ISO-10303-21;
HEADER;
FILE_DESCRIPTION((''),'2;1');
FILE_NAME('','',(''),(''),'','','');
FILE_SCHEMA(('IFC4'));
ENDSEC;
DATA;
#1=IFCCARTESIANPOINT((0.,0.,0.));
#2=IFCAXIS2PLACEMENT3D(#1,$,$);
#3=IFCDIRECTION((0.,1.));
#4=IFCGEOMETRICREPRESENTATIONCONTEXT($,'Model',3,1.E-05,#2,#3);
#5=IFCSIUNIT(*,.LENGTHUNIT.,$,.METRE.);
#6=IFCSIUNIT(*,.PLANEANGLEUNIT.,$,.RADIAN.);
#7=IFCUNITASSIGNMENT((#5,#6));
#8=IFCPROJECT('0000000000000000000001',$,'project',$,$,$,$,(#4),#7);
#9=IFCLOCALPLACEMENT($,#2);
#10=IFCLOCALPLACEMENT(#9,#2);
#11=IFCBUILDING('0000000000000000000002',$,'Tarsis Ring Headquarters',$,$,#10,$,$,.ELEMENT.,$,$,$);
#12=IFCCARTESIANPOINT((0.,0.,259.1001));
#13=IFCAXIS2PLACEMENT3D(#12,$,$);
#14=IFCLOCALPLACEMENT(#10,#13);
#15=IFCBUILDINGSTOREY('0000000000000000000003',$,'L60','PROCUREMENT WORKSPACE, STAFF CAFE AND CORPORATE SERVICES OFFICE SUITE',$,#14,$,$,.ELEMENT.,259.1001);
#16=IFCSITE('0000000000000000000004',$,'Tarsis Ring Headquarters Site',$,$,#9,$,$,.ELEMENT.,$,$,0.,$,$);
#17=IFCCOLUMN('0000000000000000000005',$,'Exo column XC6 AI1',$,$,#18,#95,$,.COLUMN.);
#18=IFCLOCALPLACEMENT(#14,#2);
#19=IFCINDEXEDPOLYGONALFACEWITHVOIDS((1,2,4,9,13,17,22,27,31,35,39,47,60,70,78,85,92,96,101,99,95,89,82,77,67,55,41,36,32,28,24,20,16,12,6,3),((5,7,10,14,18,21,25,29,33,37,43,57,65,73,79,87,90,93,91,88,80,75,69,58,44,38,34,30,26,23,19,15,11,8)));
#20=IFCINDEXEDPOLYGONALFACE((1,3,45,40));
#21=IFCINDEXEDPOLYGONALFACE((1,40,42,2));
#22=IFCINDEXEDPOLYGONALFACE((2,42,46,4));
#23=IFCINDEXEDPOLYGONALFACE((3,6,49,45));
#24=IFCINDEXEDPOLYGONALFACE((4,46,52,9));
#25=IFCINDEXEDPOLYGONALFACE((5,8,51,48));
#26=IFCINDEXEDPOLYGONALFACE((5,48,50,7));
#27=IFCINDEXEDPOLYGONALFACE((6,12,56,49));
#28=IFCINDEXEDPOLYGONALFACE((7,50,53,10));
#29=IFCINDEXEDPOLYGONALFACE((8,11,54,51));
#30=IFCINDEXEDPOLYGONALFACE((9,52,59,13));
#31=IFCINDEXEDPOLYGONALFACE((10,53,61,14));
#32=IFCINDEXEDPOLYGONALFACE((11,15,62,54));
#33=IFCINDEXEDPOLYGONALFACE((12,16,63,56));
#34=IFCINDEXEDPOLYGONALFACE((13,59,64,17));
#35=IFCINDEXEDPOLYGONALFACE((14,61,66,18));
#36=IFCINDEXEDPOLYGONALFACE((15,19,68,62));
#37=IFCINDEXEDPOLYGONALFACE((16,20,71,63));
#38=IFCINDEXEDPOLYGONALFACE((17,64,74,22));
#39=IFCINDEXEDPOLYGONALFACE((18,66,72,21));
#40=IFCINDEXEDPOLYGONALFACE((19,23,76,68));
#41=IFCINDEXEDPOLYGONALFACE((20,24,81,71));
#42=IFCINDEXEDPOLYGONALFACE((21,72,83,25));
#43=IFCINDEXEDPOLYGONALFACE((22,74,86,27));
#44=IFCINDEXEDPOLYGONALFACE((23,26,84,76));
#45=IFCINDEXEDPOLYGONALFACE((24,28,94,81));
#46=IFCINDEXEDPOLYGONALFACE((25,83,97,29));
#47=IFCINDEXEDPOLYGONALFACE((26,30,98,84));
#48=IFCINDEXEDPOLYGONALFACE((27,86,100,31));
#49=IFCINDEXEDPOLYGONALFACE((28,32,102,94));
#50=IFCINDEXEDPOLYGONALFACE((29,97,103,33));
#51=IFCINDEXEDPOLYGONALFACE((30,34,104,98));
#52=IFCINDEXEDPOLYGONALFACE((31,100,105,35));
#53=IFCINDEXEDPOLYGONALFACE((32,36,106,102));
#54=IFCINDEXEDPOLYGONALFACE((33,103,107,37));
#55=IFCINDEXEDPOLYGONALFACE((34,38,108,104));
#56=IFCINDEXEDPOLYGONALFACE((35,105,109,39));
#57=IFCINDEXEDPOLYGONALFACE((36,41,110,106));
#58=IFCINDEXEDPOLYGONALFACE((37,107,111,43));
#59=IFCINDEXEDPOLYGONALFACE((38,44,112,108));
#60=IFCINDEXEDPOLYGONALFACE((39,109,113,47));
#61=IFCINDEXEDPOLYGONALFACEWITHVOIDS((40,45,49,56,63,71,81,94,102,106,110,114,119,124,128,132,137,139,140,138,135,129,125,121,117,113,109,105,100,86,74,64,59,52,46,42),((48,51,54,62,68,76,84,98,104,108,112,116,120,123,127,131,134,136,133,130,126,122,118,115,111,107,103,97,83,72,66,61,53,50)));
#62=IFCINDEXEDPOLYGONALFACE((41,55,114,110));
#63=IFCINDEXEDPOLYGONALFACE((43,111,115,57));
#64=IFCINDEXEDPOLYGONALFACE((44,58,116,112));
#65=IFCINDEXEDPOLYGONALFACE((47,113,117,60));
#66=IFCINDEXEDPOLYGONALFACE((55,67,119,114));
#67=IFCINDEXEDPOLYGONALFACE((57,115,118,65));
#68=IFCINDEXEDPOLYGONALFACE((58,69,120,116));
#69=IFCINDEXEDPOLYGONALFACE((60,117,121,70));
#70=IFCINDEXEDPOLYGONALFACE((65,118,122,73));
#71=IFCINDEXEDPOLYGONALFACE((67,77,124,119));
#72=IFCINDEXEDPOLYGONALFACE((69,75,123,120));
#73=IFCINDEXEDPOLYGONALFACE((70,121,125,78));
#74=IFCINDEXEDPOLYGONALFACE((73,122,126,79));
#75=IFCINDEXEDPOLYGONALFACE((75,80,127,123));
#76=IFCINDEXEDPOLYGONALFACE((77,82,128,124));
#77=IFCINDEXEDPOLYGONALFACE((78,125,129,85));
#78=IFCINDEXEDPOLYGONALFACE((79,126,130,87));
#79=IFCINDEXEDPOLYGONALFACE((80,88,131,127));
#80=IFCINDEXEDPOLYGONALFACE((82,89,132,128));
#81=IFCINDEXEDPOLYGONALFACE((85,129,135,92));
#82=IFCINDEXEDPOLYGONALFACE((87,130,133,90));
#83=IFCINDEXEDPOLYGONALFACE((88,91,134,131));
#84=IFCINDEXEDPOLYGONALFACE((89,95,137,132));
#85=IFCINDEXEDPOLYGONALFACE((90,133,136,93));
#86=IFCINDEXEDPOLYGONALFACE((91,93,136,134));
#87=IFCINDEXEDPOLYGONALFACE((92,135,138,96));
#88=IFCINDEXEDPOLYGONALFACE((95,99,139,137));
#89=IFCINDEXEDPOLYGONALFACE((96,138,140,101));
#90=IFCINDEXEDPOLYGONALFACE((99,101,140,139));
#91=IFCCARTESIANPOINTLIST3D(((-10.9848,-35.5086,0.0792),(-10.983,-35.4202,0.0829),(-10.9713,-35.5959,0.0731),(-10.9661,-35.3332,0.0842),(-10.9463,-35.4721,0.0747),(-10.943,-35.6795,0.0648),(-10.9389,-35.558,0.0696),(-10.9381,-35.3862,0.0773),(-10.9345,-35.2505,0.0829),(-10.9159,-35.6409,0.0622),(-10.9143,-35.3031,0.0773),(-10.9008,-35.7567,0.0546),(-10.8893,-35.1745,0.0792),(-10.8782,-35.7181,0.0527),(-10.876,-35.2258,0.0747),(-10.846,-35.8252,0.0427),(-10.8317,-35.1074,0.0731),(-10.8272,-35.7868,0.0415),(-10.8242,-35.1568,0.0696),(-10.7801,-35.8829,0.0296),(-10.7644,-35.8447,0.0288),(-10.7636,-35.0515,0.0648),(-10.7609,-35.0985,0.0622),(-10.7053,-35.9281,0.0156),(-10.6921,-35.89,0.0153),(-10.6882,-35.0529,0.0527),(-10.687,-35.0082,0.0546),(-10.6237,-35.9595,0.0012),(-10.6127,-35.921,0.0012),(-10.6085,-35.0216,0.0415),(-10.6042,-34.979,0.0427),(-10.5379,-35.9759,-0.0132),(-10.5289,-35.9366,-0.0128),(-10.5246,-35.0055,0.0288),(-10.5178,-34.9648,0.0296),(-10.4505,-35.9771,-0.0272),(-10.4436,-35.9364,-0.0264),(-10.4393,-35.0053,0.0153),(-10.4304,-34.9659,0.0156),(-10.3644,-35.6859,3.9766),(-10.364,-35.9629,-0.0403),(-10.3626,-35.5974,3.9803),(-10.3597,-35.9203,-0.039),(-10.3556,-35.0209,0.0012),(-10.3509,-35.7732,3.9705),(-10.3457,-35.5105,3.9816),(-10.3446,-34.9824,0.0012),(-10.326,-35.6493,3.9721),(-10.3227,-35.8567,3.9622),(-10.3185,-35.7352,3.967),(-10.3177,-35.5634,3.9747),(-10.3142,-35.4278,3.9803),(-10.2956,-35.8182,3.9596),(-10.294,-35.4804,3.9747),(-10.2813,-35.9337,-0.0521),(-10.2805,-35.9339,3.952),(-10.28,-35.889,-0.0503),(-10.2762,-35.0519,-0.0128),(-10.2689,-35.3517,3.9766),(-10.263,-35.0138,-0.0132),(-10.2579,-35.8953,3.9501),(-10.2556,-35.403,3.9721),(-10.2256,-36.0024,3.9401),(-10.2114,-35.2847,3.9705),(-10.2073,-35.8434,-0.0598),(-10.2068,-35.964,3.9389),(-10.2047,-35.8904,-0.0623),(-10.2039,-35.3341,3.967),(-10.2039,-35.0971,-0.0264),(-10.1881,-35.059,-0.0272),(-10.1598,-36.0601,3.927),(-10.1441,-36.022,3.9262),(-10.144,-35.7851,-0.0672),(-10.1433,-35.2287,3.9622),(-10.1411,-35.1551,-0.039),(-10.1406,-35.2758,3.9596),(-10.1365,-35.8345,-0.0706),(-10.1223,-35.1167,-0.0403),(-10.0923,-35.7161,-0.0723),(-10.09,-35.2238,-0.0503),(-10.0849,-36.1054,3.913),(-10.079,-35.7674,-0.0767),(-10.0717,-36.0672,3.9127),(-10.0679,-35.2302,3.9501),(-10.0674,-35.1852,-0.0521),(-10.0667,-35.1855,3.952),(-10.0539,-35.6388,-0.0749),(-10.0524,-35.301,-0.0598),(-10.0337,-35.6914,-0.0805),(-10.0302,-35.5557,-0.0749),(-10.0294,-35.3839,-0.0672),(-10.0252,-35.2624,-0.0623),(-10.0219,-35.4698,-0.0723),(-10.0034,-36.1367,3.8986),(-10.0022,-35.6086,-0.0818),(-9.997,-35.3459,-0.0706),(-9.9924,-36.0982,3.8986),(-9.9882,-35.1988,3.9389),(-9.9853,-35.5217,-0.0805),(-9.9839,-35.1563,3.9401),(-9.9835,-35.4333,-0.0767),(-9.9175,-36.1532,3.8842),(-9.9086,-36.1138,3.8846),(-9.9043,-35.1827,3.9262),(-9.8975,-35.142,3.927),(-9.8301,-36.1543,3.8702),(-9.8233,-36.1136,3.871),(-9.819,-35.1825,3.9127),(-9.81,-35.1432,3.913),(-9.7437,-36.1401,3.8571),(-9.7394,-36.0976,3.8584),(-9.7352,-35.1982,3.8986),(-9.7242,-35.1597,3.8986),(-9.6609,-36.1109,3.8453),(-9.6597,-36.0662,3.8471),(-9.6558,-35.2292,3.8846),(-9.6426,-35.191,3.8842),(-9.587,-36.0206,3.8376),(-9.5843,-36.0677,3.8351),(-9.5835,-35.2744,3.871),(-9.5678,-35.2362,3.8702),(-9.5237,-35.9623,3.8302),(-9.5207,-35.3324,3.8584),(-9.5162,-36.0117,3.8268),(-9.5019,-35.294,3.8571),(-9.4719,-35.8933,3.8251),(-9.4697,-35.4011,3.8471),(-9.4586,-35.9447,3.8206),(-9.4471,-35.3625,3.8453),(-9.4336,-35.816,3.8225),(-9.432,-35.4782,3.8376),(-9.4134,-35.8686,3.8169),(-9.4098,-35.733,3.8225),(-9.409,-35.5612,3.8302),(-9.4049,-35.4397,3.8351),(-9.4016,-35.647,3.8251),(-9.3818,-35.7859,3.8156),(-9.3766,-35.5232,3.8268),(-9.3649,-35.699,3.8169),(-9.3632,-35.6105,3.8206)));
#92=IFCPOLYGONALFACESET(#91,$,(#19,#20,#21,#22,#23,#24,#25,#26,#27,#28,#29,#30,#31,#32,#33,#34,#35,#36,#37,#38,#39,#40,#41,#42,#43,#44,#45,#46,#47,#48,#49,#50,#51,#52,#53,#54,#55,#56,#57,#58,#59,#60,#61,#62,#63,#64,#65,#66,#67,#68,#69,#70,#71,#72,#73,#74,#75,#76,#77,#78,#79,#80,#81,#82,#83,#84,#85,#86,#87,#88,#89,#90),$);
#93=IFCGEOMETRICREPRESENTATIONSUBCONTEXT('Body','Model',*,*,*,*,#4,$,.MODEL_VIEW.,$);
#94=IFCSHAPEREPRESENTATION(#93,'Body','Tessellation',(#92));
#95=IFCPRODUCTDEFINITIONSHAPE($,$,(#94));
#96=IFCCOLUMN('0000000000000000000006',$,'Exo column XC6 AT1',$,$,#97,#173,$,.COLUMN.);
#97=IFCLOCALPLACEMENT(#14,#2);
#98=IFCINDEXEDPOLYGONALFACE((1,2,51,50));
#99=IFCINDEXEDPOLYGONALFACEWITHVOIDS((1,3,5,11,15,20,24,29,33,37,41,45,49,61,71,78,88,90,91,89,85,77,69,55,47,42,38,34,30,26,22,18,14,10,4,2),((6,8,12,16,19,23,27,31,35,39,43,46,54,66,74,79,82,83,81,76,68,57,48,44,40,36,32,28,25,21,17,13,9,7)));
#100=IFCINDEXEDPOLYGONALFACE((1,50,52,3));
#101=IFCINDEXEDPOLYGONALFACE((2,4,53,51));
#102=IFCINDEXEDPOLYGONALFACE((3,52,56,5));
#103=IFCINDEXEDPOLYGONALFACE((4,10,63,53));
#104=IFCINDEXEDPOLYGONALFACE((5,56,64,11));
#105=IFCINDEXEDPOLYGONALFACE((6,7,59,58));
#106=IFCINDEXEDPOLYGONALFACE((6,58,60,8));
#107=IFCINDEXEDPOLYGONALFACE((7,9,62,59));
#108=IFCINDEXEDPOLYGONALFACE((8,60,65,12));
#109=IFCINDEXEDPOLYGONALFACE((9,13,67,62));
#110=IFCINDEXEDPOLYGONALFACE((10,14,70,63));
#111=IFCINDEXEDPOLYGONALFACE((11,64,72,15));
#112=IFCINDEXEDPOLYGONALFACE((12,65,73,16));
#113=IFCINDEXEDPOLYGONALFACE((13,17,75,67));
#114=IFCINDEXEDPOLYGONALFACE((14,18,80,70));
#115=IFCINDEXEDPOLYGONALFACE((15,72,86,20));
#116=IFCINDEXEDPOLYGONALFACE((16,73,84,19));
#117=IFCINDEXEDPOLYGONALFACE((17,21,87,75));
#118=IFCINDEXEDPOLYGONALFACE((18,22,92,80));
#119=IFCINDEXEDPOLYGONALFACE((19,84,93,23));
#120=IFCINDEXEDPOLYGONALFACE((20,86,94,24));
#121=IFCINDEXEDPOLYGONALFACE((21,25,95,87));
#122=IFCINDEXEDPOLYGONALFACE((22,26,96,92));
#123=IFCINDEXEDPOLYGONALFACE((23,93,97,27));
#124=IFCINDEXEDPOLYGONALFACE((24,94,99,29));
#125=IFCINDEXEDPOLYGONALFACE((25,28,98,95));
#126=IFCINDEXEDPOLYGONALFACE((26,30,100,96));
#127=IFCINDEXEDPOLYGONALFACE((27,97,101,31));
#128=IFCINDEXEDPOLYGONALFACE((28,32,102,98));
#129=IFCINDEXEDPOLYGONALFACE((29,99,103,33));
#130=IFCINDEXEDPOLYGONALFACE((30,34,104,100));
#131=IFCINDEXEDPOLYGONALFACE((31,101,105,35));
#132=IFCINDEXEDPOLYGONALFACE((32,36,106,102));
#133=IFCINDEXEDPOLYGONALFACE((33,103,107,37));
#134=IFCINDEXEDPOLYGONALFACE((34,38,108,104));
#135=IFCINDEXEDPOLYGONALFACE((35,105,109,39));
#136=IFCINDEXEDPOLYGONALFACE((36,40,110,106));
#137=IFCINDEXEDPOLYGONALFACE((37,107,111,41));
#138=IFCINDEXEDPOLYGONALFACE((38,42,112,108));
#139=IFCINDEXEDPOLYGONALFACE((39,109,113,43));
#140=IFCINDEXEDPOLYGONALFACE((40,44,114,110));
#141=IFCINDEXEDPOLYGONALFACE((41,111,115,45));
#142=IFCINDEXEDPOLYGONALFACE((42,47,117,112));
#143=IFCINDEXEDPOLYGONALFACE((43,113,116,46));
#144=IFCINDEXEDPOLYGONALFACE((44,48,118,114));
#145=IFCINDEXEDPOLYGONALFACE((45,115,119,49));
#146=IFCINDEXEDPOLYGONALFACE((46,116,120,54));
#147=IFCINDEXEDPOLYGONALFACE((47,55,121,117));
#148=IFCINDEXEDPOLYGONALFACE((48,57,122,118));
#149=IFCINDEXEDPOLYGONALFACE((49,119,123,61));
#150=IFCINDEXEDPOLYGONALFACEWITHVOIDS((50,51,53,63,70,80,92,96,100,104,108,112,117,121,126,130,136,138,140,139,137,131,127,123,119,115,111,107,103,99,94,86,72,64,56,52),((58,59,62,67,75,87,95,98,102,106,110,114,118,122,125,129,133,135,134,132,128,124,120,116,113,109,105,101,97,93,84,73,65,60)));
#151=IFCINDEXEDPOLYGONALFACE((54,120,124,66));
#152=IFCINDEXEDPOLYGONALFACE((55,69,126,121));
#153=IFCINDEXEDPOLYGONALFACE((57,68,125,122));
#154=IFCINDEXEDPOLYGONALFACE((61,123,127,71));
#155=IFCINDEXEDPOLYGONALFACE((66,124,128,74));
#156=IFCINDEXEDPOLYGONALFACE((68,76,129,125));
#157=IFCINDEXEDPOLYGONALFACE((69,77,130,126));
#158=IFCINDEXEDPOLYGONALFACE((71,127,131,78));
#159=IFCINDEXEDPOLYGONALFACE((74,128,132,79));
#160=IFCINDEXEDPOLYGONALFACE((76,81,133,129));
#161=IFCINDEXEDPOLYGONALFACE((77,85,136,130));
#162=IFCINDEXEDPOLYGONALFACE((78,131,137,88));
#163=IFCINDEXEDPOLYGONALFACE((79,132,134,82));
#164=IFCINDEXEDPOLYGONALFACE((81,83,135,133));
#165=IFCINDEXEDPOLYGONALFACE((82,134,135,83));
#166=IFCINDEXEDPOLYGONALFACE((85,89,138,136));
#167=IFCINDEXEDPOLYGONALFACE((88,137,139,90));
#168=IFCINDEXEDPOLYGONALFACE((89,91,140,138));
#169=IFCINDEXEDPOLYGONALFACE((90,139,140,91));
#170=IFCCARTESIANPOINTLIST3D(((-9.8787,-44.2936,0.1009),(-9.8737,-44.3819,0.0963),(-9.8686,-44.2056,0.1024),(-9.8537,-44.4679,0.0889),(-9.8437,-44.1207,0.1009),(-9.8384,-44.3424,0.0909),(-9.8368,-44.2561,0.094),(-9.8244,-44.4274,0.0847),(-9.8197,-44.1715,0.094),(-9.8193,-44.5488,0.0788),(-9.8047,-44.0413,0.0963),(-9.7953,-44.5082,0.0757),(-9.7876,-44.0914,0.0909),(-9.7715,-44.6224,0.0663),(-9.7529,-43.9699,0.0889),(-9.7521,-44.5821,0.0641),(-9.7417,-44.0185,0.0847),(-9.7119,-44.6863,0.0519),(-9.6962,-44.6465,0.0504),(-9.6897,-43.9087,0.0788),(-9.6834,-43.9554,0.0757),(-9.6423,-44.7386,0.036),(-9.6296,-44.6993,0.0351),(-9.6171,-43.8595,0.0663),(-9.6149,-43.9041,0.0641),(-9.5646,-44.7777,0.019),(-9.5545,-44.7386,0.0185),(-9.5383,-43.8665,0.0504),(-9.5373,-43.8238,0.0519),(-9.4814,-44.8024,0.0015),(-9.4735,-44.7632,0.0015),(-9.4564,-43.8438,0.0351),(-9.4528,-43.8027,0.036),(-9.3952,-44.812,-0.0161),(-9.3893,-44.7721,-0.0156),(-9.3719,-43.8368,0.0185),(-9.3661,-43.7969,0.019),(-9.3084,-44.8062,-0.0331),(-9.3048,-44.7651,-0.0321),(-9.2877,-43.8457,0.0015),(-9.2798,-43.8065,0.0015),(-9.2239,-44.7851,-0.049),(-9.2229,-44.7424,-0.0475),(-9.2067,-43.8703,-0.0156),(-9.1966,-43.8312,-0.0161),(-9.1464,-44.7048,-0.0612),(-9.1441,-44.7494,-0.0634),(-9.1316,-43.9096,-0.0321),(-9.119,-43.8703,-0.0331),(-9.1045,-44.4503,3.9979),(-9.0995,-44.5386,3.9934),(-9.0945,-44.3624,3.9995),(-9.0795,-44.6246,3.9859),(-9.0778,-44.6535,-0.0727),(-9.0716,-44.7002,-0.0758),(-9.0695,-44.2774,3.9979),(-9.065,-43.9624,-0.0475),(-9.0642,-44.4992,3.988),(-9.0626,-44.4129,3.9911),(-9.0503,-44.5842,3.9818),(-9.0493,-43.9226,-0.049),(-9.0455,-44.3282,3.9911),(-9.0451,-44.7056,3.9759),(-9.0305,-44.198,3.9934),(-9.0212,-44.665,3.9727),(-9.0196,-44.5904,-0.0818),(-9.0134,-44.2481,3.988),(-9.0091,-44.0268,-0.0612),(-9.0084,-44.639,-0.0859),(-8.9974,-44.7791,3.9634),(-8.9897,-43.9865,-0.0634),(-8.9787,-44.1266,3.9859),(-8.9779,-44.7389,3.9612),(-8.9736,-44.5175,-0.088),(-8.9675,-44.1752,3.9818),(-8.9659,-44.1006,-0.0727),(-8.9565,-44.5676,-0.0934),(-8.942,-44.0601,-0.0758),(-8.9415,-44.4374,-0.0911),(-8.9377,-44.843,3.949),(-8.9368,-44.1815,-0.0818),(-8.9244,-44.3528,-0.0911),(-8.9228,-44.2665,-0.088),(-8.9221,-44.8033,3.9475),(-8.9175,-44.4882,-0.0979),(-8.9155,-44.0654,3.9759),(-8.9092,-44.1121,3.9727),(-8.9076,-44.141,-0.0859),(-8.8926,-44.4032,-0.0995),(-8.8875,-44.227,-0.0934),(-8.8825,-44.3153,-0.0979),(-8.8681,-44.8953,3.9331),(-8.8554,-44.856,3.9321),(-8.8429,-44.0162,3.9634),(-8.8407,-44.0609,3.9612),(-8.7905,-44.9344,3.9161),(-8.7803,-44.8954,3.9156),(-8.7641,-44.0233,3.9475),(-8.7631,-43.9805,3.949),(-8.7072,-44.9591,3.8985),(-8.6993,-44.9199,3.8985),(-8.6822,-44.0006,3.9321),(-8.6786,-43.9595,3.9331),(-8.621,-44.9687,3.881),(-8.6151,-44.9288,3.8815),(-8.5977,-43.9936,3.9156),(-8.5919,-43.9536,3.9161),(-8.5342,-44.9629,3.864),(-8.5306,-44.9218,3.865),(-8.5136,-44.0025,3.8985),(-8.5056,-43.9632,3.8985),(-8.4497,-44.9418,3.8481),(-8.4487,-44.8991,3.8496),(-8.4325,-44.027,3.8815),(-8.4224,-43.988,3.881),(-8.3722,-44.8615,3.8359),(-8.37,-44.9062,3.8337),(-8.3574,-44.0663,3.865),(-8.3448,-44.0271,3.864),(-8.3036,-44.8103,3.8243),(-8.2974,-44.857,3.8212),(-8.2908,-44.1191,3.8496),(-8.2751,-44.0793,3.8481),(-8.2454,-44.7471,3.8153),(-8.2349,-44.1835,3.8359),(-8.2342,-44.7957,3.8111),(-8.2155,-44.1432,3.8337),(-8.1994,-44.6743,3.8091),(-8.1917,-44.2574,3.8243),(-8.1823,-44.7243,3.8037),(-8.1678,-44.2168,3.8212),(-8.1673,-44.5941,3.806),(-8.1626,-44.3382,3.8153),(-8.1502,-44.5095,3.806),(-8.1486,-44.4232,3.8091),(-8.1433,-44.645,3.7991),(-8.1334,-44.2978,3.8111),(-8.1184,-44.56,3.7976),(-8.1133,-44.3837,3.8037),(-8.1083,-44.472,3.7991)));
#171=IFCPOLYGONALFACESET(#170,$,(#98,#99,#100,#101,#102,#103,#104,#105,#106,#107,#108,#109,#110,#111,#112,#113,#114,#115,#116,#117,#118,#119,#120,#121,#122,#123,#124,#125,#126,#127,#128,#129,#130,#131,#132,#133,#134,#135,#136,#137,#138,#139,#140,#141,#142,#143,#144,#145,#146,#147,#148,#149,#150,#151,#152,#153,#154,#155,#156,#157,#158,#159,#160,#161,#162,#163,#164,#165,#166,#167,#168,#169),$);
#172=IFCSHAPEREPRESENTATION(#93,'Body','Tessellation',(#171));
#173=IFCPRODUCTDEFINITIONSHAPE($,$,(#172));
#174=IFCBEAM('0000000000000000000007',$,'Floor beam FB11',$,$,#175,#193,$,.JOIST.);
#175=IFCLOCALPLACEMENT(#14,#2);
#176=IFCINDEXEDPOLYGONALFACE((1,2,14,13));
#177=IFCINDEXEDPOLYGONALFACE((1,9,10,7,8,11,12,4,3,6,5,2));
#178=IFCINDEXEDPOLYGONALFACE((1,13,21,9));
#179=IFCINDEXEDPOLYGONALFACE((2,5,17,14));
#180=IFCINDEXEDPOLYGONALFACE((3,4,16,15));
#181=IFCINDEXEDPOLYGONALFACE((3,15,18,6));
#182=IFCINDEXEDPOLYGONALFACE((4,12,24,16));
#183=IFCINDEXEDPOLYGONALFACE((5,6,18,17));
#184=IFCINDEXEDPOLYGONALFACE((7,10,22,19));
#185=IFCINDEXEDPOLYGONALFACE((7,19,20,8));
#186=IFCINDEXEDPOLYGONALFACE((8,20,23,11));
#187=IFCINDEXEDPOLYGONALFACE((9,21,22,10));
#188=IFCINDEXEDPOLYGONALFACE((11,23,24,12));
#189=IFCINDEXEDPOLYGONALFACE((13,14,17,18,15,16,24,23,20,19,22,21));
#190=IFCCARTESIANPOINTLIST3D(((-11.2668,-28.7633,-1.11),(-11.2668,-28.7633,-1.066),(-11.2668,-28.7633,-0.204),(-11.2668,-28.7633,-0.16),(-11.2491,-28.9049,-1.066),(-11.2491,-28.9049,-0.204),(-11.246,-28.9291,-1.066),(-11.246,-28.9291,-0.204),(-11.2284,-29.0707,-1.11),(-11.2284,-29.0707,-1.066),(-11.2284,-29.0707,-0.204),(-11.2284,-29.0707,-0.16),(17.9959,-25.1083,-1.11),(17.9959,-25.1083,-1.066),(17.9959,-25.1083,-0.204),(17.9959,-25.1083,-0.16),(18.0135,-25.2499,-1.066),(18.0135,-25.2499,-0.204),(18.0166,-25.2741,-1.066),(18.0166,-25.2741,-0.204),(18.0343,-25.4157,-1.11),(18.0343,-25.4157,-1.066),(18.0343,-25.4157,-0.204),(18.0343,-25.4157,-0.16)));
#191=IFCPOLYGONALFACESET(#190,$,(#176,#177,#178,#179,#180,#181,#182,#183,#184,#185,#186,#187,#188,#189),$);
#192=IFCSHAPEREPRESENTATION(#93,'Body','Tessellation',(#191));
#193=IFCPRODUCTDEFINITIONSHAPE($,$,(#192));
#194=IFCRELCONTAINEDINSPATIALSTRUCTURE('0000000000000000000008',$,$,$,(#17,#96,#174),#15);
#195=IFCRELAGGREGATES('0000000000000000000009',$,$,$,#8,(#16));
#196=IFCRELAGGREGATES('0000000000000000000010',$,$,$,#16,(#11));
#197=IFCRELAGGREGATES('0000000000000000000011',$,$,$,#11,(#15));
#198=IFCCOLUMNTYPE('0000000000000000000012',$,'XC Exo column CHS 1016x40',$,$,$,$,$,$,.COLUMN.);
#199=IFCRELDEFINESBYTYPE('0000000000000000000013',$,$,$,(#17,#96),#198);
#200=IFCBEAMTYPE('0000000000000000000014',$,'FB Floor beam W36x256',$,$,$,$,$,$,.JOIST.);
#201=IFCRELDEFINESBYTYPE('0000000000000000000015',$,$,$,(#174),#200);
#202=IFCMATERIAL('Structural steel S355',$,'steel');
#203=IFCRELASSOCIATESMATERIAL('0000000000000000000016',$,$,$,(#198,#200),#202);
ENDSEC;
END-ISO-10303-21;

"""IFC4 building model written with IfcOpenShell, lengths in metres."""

from ifc_helpers import new_model, si_unit, direction, frame, origin, origin_2d, place, context, subcontext, project, spatial, hollow_circle, i_section, extrude, material, material_profile, profile_set, type_object, element, save


model = new_model("IFC4")

# Units and contexts
model_context = context("Model", 3, precision=1e-05, world=origin(), true_north=direction((0.0, 1.0)))
body_context = subcontext(model_context, "Body", "Model", "MODEL_VIEW")
ifc_project = project(units=[si_unit("LENGTHUNIT", "METRE"), si_unit("PLANEANGLEUNIT", "RADIAN")], contexts=[model_context])

# Site, building, storey
site_placement = place(None, origin())
site = spatial("IfcSite", under=ifc_project, at=site_placement, Name="Tarsis Ring Headquarters Site", CompositionType="ELEMENT", RefElevation=0.0)
building_placement = place(site_placement, origin())
building = spatial("IfcBuilding", under=site, at=building_placement, Name="Tarsis Ring Headquarters", CompositionType="ELEMENT")
storey_placement = place(building_placement, frame((0.0, 0.0, 259.1001)))
storey = spatial("IfcBuildingStorey", under=building, at=storey_placement, Name="L60", Description="PROCUREMENT WORKSPACE, STAFF CAFE AND CORPORATE SERVICES OFFICE SUITE", CompositionType="ELEMENT", Elevation=259.1001)

# Columns
ifc_material_1 = material(Name="Structural steel S355", Category="steel")
ifc_material_profile_1 = material_profile(ifc_material_1, hollow_circle(Radius=0.5081, WallThickness=0.04, at=origin_2d()), Name="CHS 1016x40")
ifc_profile_set_1 = profile_set([ifc_material_profile_1], Name="Structural steel S355")
column_type = type_object("IfcColumnType", Name="XC Exo column CHS 1016x40", PredefinedType="COLUMN", material=ifc_profile_set_1)
column_1_placement = place(storey_placement, frame((-10.4841, -35.4709, 0.0012), z_axis=(0.157034, -0.044867, 0.986574), x_axis=(0.274721, 0.961524, 0.0)))
element("IfcColumn", 1, at=column_1_placement, inside=storey, type_object=column_type, Name="Exo column XC6 AI1", PredefinedType="COLUMN", context=body_context, shape_type="SweptSolid", body=[
    extrude(hollow_circle(Radius=0.5081, WallThickness=0.04, at=origin_2d()), origin(), (0.0, 0.0, 1.0), 3.9504),
])
column_2_placement = place(storey_placement, frame((-9.3806, -44.3044, 0.0015), z_axis=(0.1947, -0.039419, 0.98007), x_axis=(0.198434, 0.980114, 0.0)))
element("IfcColumn", 2, at=column_2_placement, inside=storey, type_object=column_type, Name="Exo column XC6 AT1", PredefinedType="COLUMN", context=body_context, shape_type="SweptSolid", body=[
    extrude(hollow_circle(Radius=0.5081, WallThickness=0.04, at=origin_2d()), origin(), (0.0, 0.0, 1.0), 3.9763),
])

# Beam
ifc_material_profile_2 = material_profile(ifc_material_1, i_section(OverallWidth=0.3098, OverallDepth=0.95, WebThickness=0.0244, FlangeThickness=0.0439, at=origin_2d()), Name="W36x256")
ifc_profile_set_2 = profile_set([ifc_material_profile_2], Name="Structural steel S355")
beam_type_1 = type_object("IfcBeamType", Name="FB Floor beam W36x256", PredefinedType="JOIST", material=ifc_profile_set_2)
for number, where, z_axis, x_axis, name in (
    (3, (-11.2476, -28.917, -0.635), (0.99229, 0.123941, 0.0), (-0.123941, 0.99229, 0.0), "Floor beam FB11"),
):
    element("IfcBeam", number, at=place(storey_placement, frame(where, z_axis=z_axis, x_axis=x_axis)), inside=storey, type_object=beam_type_1, Name=name, PredefinedType="JOIST", context=body_context, shape_type="SweptSolid", body=[
        extrude(i_section(OverallWidth=0.3098, OverallDepth=0.95, WebThickness=0.0244, FlangeThickness=0.0439, at=origin_2d()), origin(), (0.0, 0.0, 1.0), 29.49),
    ])

save(model, "model.ifc")
